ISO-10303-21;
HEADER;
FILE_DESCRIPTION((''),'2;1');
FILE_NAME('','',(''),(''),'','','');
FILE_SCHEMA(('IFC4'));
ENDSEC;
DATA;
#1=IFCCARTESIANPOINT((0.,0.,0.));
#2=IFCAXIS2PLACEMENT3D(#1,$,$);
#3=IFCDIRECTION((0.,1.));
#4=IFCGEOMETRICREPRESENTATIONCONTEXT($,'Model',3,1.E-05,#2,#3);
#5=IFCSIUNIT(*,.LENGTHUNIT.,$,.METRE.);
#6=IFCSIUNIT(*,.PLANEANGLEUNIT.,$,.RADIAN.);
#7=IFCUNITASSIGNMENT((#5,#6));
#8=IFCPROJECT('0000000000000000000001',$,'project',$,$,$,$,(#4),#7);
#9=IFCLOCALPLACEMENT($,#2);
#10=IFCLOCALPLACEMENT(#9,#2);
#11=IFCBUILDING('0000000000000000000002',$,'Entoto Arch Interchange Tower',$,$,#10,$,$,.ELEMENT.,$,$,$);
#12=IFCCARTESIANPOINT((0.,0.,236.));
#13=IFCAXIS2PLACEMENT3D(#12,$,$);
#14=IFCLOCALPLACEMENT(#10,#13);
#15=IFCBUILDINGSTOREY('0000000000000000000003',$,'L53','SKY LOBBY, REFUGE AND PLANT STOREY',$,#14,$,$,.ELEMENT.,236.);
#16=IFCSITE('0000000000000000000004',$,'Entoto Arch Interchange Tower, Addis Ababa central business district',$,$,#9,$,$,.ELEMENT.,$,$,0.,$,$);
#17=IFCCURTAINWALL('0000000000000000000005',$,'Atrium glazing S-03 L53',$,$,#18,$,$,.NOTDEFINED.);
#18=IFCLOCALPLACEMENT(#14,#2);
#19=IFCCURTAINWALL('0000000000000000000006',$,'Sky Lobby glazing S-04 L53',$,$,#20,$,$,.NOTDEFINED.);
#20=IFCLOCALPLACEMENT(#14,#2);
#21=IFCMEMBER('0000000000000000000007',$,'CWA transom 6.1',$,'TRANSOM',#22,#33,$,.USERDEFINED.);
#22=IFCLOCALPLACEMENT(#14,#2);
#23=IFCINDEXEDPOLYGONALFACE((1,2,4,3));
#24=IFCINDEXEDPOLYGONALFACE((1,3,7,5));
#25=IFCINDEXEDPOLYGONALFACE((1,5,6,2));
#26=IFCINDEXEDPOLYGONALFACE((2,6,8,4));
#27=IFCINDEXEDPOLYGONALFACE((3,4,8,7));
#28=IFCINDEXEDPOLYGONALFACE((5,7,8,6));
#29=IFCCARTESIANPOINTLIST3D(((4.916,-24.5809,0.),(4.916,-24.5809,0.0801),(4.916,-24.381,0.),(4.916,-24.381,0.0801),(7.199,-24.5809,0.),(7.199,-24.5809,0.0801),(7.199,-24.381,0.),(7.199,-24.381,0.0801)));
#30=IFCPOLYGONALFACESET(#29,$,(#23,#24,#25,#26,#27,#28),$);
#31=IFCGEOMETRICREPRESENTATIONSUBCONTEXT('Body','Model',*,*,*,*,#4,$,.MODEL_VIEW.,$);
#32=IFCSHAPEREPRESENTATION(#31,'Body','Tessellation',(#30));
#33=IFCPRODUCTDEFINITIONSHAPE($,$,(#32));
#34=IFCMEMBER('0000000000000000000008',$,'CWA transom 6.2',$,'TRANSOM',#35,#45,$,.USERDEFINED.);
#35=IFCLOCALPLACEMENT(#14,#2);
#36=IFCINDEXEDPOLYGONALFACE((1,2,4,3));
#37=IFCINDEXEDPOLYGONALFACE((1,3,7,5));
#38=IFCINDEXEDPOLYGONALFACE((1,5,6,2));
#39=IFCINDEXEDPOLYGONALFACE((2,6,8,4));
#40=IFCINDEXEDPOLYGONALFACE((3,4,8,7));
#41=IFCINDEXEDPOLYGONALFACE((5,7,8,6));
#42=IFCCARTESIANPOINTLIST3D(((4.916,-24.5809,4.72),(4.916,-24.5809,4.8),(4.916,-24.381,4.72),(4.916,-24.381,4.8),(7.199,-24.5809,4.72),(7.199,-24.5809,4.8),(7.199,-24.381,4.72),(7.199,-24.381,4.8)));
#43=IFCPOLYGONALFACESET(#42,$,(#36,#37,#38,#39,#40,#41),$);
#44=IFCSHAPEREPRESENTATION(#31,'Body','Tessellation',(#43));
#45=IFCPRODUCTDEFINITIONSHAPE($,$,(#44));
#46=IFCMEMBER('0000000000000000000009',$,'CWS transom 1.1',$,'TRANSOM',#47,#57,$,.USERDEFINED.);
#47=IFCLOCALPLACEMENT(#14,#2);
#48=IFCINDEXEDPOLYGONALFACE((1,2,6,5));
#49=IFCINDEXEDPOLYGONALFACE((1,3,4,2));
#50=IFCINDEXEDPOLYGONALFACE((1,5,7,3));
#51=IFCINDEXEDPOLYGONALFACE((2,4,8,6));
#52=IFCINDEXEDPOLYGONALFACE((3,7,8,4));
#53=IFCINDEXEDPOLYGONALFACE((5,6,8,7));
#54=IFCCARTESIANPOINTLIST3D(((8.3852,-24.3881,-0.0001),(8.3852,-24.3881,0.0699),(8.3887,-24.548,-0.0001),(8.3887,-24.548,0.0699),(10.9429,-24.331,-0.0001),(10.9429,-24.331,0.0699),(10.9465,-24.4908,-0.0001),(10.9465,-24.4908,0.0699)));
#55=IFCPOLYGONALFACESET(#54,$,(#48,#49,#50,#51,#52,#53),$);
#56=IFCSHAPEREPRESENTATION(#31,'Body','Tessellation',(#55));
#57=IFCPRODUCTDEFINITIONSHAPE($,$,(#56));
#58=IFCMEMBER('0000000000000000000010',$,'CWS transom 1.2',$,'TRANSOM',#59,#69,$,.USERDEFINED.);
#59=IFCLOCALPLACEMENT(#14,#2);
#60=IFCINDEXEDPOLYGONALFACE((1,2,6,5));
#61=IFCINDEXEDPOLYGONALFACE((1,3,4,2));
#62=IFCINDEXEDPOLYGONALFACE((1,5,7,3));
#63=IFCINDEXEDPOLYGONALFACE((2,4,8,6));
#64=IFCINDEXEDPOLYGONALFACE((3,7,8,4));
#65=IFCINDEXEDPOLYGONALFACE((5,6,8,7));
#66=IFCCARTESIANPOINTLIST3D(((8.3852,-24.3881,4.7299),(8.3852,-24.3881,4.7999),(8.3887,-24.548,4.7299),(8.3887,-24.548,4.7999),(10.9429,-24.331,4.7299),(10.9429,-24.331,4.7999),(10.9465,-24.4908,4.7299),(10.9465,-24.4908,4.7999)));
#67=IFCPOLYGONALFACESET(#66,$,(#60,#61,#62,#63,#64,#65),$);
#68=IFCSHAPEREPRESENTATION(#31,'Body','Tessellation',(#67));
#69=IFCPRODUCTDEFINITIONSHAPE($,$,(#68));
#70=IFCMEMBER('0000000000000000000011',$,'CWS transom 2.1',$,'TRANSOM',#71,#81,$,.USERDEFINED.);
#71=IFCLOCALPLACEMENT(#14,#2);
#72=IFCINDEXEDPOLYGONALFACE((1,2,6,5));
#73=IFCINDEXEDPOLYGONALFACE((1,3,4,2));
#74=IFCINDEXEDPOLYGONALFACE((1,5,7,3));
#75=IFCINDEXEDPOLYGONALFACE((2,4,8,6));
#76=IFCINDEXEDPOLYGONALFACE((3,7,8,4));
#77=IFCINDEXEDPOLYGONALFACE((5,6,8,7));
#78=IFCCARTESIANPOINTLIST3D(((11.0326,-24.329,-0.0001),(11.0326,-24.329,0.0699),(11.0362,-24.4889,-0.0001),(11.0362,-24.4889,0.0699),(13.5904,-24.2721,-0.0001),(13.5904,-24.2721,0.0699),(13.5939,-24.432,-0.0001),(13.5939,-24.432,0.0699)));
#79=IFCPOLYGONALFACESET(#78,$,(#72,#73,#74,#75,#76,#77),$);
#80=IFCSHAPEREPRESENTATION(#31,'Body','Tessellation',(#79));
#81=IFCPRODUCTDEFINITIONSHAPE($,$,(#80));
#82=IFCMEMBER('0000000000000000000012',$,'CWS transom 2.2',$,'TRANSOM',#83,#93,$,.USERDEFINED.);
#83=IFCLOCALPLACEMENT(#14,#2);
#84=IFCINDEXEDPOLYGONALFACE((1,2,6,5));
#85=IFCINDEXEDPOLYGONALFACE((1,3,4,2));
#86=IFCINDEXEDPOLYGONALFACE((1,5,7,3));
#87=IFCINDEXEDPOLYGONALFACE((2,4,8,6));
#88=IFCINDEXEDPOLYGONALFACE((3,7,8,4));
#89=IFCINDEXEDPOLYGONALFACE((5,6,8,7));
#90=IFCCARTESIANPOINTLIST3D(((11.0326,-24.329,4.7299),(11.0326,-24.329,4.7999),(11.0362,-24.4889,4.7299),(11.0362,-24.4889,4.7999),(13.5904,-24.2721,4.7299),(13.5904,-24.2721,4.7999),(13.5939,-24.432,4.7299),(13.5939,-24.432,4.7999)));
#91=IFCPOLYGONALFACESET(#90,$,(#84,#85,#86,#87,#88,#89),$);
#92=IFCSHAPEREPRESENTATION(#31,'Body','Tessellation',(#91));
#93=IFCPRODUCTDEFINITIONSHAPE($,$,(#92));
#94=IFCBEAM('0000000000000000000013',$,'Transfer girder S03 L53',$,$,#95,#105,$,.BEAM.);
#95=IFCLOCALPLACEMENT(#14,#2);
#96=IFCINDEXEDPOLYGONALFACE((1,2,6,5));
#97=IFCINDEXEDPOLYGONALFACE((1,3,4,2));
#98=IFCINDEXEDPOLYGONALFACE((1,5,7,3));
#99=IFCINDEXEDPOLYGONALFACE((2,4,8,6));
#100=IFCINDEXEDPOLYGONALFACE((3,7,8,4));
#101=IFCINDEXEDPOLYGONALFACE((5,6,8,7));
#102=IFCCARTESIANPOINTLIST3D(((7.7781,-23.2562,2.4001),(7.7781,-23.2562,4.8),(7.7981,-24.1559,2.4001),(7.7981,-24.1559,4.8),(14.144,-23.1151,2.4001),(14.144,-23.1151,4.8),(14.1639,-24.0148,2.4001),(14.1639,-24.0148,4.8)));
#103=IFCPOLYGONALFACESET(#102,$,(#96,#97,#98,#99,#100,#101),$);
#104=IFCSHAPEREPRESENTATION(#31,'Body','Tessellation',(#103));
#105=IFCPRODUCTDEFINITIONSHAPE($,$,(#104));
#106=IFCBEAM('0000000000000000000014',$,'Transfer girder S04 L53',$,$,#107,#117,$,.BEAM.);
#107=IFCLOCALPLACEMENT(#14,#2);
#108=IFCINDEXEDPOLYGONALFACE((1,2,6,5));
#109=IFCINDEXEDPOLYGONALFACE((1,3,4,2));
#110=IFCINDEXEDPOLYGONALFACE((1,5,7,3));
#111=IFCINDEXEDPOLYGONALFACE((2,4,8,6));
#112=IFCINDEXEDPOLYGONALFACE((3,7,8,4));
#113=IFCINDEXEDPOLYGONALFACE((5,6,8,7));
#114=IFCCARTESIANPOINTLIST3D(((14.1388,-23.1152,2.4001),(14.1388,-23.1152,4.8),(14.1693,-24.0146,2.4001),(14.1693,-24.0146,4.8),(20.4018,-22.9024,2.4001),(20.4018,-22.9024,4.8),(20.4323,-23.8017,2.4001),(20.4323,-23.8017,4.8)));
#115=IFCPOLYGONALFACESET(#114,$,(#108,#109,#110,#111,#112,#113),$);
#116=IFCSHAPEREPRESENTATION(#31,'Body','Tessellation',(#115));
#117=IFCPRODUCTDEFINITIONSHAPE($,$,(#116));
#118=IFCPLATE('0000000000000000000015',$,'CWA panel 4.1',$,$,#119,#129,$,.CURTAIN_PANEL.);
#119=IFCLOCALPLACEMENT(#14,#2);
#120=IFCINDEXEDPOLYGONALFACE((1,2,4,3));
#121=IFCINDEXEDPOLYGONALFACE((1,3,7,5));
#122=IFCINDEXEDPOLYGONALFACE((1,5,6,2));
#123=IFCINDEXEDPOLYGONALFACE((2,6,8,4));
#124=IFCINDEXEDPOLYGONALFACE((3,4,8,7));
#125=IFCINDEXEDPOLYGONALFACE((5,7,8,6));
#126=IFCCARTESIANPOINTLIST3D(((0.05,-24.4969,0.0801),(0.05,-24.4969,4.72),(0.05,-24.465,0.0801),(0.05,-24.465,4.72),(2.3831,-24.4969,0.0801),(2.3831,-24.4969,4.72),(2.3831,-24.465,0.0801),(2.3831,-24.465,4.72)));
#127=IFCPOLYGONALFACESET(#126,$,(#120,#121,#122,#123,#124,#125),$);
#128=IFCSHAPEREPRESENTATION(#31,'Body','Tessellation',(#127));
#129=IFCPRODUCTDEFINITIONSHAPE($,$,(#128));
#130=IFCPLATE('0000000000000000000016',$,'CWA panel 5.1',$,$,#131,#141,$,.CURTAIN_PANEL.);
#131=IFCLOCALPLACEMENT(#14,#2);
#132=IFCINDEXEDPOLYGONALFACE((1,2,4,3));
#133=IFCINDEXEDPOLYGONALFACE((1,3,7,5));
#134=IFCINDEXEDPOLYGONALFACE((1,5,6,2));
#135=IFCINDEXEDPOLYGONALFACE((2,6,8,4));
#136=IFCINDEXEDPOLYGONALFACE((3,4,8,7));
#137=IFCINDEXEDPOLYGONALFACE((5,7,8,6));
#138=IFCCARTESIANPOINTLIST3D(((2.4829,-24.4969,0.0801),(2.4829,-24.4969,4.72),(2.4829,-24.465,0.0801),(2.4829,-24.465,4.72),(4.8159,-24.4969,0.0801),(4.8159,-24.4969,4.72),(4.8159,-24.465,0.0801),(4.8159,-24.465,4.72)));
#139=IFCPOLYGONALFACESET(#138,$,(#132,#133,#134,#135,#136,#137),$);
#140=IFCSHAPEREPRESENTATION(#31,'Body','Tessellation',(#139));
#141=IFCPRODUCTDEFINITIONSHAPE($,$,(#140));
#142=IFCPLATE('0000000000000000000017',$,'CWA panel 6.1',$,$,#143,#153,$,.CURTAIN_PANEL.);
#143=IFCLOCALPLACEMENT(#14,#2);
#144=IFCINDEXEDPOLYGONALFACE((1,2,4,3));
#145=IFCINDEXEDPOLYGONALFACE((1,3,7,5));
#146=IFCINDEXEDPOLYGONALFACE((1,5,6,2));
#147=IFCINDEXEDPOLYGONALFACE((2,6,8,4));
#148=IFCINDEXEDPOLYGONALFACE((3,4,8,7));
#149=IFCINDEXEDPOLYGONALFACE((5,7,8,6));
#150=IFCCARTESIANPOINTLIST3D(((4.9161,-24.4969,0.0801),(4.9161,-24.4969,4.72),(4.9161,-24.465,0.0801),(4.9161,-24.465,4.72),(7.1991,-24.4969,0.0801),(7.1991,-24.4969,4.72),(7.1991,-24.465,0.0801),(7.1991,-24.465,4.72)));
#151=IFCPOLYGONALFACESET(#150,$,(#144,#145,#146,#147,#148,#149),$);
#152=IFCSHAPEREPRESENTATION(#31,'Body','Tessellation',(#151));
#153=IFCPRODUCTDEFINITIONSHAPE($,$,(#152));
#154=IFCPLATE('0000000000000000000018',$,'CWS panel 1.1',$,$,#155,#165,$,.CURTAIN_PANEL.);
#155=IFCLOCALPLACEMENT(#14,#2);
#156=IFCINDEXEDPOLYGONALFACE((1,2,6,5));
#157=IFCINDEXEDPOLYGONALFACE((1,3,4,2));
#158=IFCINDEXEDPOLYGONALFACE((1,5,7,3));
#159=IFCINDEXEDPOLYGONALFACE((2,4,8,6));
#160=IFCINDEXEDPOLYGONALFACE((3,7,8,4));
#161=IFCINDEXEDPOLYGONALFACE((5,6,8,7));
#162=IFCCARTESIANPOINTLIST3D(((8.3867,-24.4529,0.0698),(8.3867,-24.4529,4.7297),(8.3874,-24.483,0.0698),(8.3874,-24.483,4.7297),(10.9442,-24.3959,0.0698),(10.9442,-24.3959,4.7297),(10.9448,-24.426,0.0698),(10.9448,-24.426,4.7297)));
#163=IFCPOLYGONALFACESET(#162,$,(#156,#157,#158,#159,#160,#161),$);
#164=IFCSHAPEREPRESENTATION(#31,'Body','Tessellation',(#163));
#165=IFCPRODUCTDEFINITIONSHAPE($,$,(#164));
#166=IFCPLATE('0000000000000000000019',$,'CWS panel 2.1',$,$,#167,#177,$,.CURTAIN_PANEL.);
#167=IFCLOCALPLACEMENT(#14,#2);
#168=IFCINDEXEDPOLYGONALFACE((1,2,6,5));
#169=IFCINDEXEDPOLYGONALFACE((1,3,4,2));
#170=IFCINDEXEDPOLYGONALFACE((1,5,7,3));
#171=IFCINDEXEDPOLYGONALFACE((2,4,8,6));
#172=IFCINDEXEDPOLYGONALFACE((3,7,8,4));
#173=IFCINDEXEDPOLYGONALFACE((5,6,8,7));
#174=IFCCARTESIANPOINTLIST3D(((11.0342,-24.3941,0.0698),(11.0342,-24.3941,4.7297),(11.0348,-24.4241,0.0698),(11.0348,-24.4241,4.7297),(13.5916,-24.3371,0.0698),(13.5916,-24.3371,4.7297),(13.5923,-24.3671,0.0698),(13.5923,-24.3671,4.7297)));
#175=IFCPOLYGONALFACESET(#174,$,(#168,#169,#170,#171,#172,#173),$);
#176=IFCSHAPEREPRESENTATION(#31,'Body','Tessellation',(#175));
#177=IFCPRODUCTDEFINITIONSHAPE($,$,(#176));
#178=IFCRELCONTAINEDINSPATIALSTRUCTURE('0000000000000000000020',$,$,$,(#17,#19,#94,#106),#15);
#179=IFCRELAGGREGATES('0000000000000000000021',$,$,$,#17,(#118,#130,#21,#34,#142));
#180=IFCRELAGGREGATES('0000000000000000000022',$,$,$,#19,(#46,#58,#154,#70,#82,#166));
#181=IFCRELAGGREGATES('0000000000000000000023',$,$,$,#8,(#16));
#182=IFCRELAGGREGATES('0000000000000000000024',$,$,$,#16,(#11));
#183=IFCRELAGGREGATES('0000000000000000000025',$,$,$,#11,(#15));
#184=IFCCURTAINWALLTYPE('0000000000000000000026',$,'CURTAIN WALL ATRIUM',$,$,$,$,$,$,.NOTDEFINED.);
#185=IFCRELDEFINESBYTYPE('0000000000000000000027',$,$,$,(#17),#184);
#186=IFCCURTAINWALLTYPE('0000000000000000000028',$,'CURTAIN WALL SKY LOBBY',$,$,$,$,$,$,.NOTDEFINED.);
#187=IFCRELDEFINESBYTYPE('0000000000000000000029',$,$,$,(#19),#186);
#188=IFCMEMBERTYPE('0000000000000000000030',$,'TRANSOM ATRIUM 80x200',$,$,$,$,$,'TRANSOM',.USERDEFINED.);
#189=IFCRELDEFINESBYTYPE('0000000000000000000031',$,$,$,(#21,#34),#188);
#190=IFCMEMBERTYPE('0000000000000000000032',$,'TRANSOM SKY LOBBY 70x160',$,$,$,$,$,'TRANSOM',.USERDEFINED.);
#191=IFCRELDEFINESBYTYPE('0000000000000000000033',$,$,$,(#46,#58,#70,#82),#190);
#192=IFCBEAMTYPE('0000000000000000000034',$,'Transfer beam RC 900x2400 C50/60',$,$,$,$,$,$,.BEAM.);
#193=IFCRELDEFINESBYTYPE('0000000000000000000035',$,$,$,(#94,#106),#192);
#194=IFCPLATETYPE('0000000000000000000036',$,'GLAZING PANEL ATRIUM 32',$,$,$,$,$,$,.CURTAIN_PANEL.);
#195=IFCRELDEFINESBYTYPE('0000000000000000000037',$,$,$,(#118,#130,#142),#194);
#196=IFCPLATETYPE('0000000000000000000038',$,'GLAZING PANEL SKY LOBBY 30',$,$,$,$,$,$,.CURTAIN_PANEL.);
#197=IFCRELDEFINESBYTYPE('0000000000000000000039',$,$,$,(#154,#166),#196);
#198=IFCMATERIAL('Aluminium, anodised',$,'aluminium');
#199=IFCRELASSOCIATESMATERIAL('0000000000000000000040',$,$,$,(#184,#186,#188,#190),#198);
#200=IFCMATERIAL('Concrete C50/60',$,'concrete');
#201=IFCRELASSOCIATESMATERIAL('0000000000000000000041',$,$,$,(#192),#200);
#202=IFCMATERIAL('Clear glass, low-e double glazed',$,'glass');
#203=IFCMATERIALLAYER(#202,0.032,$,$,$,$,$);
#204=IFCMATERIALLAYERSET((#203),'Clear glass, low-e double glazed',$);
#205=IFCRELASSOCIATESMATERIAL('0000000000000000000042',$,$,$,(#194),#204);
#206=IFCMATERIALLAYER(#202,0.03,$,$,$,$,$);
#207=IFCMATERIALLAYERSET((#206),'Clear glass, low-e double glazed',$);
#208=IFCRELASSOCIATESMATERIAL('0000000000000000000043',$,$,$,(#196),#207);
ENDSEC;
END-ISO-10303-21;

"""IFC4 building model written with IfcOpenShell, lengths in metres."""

from ifc_helpers import new_model, si_unit, direction, frame, origin, origin_2d, place, context, subcontext, project, spatial, rectangle, extrude, material, layer, layer_set, material_profile, profile_set, type_object, element, aggregate, save


model = new_model("IFC4")

# Units and contexts
model_context = context("Model", 3, precision=1e-05, world=origin(), true_north=direction((0.0, 1.0)))
body_context = subcontext(model_context, "Body", "Model", "MODEL_VIEW")
ifc_project = project(units=[si_unit("LENGTHUNIT", "METRE"), si_unit("PLANEANGLEUNIT", "RADIAN")], contexts=[model_context])

# Site, building, storey
site_placement = place(None, origin())
site = spatial("IfcSite", under=ifc_project, at=site_placement, Name="Entoto Arch Interchange Tower, Addis Ababa central business district", CompositionType="ELEMENT", RefElevation=0.0)
building_placement = place(site_placement, origin())
building = spatial("IfcBuilding", under=site, at=building_placement, Name="Entoto Arch Interchange Tower", CompositionType="ELEMENT")
storey_placement = place(building_placement, frame((0.0, 0.0, 236.0)))
storey = spatial("IfcBuildingStorey", under=building, at=storey_placement, Name="L53", Description="SKY LOBBY, REFUGE AND PLANT STOREY", CompositionType="ELEMENT", Elevation=236.0)

# Shared definitions
ifc_material_1 = material(Name="Concrete C50/60", Category="concrete")

# Curtain walls
ifc_material_2 = material(Name="Aluminium, anodised", Category="aluminium")
curtain_wall_type_1 = type_object("IfcCurtainWallType", Name="CURTAIN WALL ATRIUM", PredefinedType="NOTDEFINED", material=ifc_material_2)
curtain_wall_1_placement = place(storey_placement, origin())
curtain_wall_1 = element("IfcCurtainWall", 1, at=curtain_wall_1_placement, inside=storey, type_object=curtain_wall_type_1, Name="Atrium glazing S-03 L53", PredefinedType="NOTDEFINED")
curtain_wall_type_2 = type_object("IfcCurtainWallType", Name="CURTAIN WALL SKY LOBBY", PredefinedType="NOTDEFINED", material=ifc_material_2)
curtain_wall_2_placement = place(storey_placement, origin())
curtain_wall_2 = element("IfcCurtainWall", 2, at=curtain_wall_2_placement, inside=storey, type_object=curtain_wall_type_2, Name="Sky Lobby glazing S-04 L53", PredefinedType="NOTDEFINED")

# Members
ifc_material_profile_1 = material_profile(ifc_material_2, rectangle(XDim=0.2, YDim=0.0801, at=origin_2d()))
ifc_profile_set_1 = profile_set([ifc_material_profile_1], Name="Aluminium, anodised")
member_type_1 = type_object("IfcMemberType", Name="TRANSOM ATRIUM 80x200", ElementType="TRANSOM", PredefinedType="USERDEFINED", material=ifc_profile_set_1)
member_1_placement = place(storey_placement, frame((4.916, -24.481, 0.04), z_axis=(1.0, 0.0, 0.0), x_axis=(0.0, 1.0, 0.0)))
member_1 = element("IfcMember", 3, at=member_1_placement, type_object=member_type_1, Name="CWA transom 6.1", ObjectType="TRANSOM", PredefinedType="USERDEFINED", context=body_context, shape_type="SweptSolid", body=[
    extrude(rectangle(XDim=0.2, YDim=0.0801, at=origin_2d()), origin(), (0.0, 0.0, 1.0), 2.283),
])
member_2_placement = place(storey_placement, frame((4.916, -24.481, 4.76), z_axis=(1.0, 0.0, 0.0), x_axis=(0.0, 1.0, 0.0)))
member_2 = element("IfcMember", 4, at=member_2_placement, type_object=member_type_1, Name="CWA transom 6.2", ObjectType="TRANSOM", PredefinedType="USERDEFINED", context=body_context, shape_type="SweptSolid", body=[
    extrude(rectangle(XDim=0.2, YDim=0.0801, at=origin_2d()), origin(), (0.0, 0.0, 1.0), 2.283),
])
ifc_material_profile_2 = material_profile(ifc_material_2, rectangle(XDim=0.1599, YDim=0.0701, at=origin_2d()))
ifc_profile_set_2 = profile_set([ifc_material_profile_2], Name="Aluminium, anodised")
member_type_2 = type_object("IfcMemberType", Name="TRANSOM SKY LOBBY 70x160", ElementType="TRANSOM", PredefinedType="USERDEFINED", material=ifc_profile_set_2)
member_3_placement = place(storey_placement, frame((8.387, -24.468, 0.0349), z_axis=(0.999751, 0.022331, 0.0), x_axis=(-0.022331, 0.999751, 0.0)))
member_3 = element("IfcMember", 5, at=member_3_placement, type_object=member_type_2, Name="CWS transom 1.1", ObjectType="TRANSOM", PredefinedType="USERDEFINED", context=body_context, shape_type="SweptSolid", body=[
    extrude(rectangle(XDim=0.1599, YDim=0.0701, at=origin_2d()), origin(), (0.0, 0.0, 1.0), 2.5583),
])
member_4_placement = place(storey_placement, frame((8.387, -24.468, 4.7649), z_axis=(0.999751, 0.022331, 0.0), x_axis=(-0.022331, 0.999751, 0.0)))
member_4 = element("IfcMember", 6, at=member_4_placement, type_object=member_type_2, Name="CWS transom 1.2", ObjectType="TRANSOM", PredefinedType="USERDEFINED", context=body_context, shape_type="SweptSolid", body=[
    extrude(rectangle(XDim=0.1599, YDim=0.0701, at=origin_2d()), origin(), (0.0, 0.0, 1.0), 2.5583),
])
member_5_placement = place(storey_placement, frame((11.0344, -24.4089, 0.0349), z_axis=(0.999753, 0.022236, 0.0), x_axis=(-0.022236, 0.999753, 0.0)))
member_5 = element("IfcMember", 7, at=member_5_placement, type_object=member_type_2, Name="CWS transom 2.1", ObjectType="TRANSOM", PredefinedType="USERDEFINED", context=body_context, shape_type="SweptSolid", body=[
    extrude(rectangle(XDim=0.1599, YDim=0.0701, at=origin_2d()), origin(), (0.0, 0.0, 1.0), 2.5583),
])
member_6_placement = place(storey_placement, frame((11.0344, -24.4089, 4.7649), z_axis=(0.999753, 0.022236, 0.0), x_axis=(-0.022236, 0.999753, 0.0)))
member_6 = element("IfcMember", 8, at=member_6_placement, type_object=member_type_2, Name="CWS transom 2.2", ObjectType="TRANSOM", PredefinedType="USERDEFINED", context=body_context, shape_type="SweptSolid", body=[
    extrude(rectangle(XDim=0.1599, YDim=0.0701, at=origin_2d()), origin(), (0.0, 0.0, 1.0), 2.5583),
])

# Beams
ifc_material_profile_3 = material_profile(ifc_material_1, rectangle(XDim=0.8999, YDim=2.3999, at=origin_2d()))
ifc_profile_set_3 = profile_set([ifc_material_profile_3], Name="Concrete C50/60")
beam_type = type_object("IfcBeamType", Name="Transfer beam RC 900x2400 C50/60", PredefinedType="BEAM", material=ifc_profile_set_3)
beam_1_placement = place(storey_placement, frame((7.7881, -23.7061, 3.6001), z_axis=(0.999754, 0.022161, 0.0), x_axis=(-0.022161, 0.999754, 0.0)))
element("IfcBeam", 9, at=beam_1_placement, inside=storey, type_object=beam_type, Name="Transfer girder S03 L53", PredefinedType="BEAM", context=body_context, shape_type="SweptSolid", body=[
    extrude(rectangle(XDim=0.8999, YDim=2.3999, at=origin_2d()), origin(), (0.0, 0.0, 1.0), 6.3674),
])
beam_2_placement = place(storey_placement, frame((14.1541, -23.5649, 3.6001), z_axis=(0.999423, 0.033973, 0.0), x_axis=(-0.033973, 0.999423, 0.0)))
element("IfcBeam", 10, at=beam_2_placement, inside=storey, type_object=beam_type, Name="Transfer girder S04 L53", PredefinedType="BEAM", context=body_context, shape_type="SweptSolid", body=[
    extrude(rectangle(XDim=0.8999, YDim=2.3999, at=origin_2d()), origin(), (0.0, 0.0, 1.0), 6.2666),
])

# Plates
ifc_material_3 = material(Name="Clear glass, low-e double glazed", Category="glass")
ifc_layer_1 = layer(ifc_material_3, 0.032)
ifc_layer_set_1 = layer_set([ifc_layer_1], Name="Clear glass, low-e double glazed")
plate_type_1 = type_object("IfcPlateType", Name="GLAZING PANEL ATRIUM 32", PredefinedType="CURTAIN_PANEL", material=ifc_layer_set_1)
plate_1_placement = place(storey_placement, frame((1.2166, -24.481, 0.0801), z_axis=(0.0, 0.0, 1.0), x_axis=(1.0, 0.0, 0.0)))
plate_1 = element("IfcPlate", 11, at=plate_1_placement, type_object=plate_type_1, Name="CWA panel 4.1", PredefinedType="CURTAIN_PANEL", context=body_context, shape_type="SweptSolid", body=[
    extrude(rectangle(XDim=2.333, YDim=0.032, at=origin_2d()), origin(), (0.0, 0.0, 1.0), 4.6399),
])
plate_2_placement = place(storey_placement, frame((3.6494, -24.481, 0.0801), z_axis=(0.0, 0.0, 1.0), x_axis=(1.0, 0.0, 0.0)))
plate_2 = element("IfcPlate", 12, at=plate_2_placement, type_object=plate_type_1, Name="CWA panel 5.1", PredefinedType="CURTAIN_PANEL", context=body_context, shape_type="SweptSolid", body=[
    extrude(rectangle(XDim=2.333, YDim=0.032, at=origin_2d()), origin(), (0.0, 0.0, 1.0), 4.6399),
])
plate_3_placement = place(storey_placement, frame((6.0576, -24.481, 0.0801), z_axis=(0.0, 0.0, 1.0), x_axis=(1.0, 0.0, 0.0)))
plate_3 = element("IfcPlate", 13, at=plate_3_placement, type_object=plate_type_1, Name="CWA panel 6.1", PredefinedType="CURTAIN_PANEL", context=body_context, shape_type="SweptSolid", body=[
    extrude(rectangle(XDim=2.283, YDim=0.032, at=origin_2d()), origin(), (0.0, 0.0, 1.0), 4.6399),
])
aggregate(curtain_wall_1, [plate_1, plate_2, member_1, member_2, plate_3])
ifc_layer_2 = layer(ifc_material_3, 0.03)
ifc_layer_set_2 = layer_set([ifc_layer_2], Name="Clear glass, low-e double glazed")
plate_type_2 = type_object("IfcPlateType", Name="GLAZING PANEL SKY LOBBY 30", PredefinedType="CURTAIN_PANEL", material=ifc_layer_set_2)
plate_4_placement = place(storey_placement, frame((9.6658, -24.4395, 0.0698), z_axis=(0.0, 0.0, 1.0), x_axis=(0.999752, 0.022279, 0.0)))
plate_4 = element("IfcPlate", 14, at=plate_4_placement, type_object=plate_type_2, Name="CWS panel 1.1", PredefinedType="CURTAIN_PANEL", context=body_context, shape_type="SweptSolid", body=[
    extrude(rectangle(XDim=2.5581, YDim=0.03, at=origin_2d()), origin(), (0.0, 0.0, 1.0), 4.6599),
])
plate_5_placement = place(storey_placement, frame((12.3132, -24.3806, 0.0698), z_axis=(0.0, 0.0, 1.0), x_axis=(0.999752, 0.022279, 0.0)))
plate_5 = element("IfcPlate", 15, at=plate_5_placement, type_object=plate_type_2, Name="CWS panel 2.1", PredefinedType="CURTAIN_PANEL", context=body_context, shape_type="SweptSolid", body=[
    extrude(rectangle(XDim=2.5581, YDim=0.03, at=origin_2d()), origin(), (0.0, 0.0, 1.0), 4.6599),
])
aggregate(curtain_wall_2, [member_3, member_4, plate_4, member_5, member_6, plate_5])

save(model, "model.ifc")
